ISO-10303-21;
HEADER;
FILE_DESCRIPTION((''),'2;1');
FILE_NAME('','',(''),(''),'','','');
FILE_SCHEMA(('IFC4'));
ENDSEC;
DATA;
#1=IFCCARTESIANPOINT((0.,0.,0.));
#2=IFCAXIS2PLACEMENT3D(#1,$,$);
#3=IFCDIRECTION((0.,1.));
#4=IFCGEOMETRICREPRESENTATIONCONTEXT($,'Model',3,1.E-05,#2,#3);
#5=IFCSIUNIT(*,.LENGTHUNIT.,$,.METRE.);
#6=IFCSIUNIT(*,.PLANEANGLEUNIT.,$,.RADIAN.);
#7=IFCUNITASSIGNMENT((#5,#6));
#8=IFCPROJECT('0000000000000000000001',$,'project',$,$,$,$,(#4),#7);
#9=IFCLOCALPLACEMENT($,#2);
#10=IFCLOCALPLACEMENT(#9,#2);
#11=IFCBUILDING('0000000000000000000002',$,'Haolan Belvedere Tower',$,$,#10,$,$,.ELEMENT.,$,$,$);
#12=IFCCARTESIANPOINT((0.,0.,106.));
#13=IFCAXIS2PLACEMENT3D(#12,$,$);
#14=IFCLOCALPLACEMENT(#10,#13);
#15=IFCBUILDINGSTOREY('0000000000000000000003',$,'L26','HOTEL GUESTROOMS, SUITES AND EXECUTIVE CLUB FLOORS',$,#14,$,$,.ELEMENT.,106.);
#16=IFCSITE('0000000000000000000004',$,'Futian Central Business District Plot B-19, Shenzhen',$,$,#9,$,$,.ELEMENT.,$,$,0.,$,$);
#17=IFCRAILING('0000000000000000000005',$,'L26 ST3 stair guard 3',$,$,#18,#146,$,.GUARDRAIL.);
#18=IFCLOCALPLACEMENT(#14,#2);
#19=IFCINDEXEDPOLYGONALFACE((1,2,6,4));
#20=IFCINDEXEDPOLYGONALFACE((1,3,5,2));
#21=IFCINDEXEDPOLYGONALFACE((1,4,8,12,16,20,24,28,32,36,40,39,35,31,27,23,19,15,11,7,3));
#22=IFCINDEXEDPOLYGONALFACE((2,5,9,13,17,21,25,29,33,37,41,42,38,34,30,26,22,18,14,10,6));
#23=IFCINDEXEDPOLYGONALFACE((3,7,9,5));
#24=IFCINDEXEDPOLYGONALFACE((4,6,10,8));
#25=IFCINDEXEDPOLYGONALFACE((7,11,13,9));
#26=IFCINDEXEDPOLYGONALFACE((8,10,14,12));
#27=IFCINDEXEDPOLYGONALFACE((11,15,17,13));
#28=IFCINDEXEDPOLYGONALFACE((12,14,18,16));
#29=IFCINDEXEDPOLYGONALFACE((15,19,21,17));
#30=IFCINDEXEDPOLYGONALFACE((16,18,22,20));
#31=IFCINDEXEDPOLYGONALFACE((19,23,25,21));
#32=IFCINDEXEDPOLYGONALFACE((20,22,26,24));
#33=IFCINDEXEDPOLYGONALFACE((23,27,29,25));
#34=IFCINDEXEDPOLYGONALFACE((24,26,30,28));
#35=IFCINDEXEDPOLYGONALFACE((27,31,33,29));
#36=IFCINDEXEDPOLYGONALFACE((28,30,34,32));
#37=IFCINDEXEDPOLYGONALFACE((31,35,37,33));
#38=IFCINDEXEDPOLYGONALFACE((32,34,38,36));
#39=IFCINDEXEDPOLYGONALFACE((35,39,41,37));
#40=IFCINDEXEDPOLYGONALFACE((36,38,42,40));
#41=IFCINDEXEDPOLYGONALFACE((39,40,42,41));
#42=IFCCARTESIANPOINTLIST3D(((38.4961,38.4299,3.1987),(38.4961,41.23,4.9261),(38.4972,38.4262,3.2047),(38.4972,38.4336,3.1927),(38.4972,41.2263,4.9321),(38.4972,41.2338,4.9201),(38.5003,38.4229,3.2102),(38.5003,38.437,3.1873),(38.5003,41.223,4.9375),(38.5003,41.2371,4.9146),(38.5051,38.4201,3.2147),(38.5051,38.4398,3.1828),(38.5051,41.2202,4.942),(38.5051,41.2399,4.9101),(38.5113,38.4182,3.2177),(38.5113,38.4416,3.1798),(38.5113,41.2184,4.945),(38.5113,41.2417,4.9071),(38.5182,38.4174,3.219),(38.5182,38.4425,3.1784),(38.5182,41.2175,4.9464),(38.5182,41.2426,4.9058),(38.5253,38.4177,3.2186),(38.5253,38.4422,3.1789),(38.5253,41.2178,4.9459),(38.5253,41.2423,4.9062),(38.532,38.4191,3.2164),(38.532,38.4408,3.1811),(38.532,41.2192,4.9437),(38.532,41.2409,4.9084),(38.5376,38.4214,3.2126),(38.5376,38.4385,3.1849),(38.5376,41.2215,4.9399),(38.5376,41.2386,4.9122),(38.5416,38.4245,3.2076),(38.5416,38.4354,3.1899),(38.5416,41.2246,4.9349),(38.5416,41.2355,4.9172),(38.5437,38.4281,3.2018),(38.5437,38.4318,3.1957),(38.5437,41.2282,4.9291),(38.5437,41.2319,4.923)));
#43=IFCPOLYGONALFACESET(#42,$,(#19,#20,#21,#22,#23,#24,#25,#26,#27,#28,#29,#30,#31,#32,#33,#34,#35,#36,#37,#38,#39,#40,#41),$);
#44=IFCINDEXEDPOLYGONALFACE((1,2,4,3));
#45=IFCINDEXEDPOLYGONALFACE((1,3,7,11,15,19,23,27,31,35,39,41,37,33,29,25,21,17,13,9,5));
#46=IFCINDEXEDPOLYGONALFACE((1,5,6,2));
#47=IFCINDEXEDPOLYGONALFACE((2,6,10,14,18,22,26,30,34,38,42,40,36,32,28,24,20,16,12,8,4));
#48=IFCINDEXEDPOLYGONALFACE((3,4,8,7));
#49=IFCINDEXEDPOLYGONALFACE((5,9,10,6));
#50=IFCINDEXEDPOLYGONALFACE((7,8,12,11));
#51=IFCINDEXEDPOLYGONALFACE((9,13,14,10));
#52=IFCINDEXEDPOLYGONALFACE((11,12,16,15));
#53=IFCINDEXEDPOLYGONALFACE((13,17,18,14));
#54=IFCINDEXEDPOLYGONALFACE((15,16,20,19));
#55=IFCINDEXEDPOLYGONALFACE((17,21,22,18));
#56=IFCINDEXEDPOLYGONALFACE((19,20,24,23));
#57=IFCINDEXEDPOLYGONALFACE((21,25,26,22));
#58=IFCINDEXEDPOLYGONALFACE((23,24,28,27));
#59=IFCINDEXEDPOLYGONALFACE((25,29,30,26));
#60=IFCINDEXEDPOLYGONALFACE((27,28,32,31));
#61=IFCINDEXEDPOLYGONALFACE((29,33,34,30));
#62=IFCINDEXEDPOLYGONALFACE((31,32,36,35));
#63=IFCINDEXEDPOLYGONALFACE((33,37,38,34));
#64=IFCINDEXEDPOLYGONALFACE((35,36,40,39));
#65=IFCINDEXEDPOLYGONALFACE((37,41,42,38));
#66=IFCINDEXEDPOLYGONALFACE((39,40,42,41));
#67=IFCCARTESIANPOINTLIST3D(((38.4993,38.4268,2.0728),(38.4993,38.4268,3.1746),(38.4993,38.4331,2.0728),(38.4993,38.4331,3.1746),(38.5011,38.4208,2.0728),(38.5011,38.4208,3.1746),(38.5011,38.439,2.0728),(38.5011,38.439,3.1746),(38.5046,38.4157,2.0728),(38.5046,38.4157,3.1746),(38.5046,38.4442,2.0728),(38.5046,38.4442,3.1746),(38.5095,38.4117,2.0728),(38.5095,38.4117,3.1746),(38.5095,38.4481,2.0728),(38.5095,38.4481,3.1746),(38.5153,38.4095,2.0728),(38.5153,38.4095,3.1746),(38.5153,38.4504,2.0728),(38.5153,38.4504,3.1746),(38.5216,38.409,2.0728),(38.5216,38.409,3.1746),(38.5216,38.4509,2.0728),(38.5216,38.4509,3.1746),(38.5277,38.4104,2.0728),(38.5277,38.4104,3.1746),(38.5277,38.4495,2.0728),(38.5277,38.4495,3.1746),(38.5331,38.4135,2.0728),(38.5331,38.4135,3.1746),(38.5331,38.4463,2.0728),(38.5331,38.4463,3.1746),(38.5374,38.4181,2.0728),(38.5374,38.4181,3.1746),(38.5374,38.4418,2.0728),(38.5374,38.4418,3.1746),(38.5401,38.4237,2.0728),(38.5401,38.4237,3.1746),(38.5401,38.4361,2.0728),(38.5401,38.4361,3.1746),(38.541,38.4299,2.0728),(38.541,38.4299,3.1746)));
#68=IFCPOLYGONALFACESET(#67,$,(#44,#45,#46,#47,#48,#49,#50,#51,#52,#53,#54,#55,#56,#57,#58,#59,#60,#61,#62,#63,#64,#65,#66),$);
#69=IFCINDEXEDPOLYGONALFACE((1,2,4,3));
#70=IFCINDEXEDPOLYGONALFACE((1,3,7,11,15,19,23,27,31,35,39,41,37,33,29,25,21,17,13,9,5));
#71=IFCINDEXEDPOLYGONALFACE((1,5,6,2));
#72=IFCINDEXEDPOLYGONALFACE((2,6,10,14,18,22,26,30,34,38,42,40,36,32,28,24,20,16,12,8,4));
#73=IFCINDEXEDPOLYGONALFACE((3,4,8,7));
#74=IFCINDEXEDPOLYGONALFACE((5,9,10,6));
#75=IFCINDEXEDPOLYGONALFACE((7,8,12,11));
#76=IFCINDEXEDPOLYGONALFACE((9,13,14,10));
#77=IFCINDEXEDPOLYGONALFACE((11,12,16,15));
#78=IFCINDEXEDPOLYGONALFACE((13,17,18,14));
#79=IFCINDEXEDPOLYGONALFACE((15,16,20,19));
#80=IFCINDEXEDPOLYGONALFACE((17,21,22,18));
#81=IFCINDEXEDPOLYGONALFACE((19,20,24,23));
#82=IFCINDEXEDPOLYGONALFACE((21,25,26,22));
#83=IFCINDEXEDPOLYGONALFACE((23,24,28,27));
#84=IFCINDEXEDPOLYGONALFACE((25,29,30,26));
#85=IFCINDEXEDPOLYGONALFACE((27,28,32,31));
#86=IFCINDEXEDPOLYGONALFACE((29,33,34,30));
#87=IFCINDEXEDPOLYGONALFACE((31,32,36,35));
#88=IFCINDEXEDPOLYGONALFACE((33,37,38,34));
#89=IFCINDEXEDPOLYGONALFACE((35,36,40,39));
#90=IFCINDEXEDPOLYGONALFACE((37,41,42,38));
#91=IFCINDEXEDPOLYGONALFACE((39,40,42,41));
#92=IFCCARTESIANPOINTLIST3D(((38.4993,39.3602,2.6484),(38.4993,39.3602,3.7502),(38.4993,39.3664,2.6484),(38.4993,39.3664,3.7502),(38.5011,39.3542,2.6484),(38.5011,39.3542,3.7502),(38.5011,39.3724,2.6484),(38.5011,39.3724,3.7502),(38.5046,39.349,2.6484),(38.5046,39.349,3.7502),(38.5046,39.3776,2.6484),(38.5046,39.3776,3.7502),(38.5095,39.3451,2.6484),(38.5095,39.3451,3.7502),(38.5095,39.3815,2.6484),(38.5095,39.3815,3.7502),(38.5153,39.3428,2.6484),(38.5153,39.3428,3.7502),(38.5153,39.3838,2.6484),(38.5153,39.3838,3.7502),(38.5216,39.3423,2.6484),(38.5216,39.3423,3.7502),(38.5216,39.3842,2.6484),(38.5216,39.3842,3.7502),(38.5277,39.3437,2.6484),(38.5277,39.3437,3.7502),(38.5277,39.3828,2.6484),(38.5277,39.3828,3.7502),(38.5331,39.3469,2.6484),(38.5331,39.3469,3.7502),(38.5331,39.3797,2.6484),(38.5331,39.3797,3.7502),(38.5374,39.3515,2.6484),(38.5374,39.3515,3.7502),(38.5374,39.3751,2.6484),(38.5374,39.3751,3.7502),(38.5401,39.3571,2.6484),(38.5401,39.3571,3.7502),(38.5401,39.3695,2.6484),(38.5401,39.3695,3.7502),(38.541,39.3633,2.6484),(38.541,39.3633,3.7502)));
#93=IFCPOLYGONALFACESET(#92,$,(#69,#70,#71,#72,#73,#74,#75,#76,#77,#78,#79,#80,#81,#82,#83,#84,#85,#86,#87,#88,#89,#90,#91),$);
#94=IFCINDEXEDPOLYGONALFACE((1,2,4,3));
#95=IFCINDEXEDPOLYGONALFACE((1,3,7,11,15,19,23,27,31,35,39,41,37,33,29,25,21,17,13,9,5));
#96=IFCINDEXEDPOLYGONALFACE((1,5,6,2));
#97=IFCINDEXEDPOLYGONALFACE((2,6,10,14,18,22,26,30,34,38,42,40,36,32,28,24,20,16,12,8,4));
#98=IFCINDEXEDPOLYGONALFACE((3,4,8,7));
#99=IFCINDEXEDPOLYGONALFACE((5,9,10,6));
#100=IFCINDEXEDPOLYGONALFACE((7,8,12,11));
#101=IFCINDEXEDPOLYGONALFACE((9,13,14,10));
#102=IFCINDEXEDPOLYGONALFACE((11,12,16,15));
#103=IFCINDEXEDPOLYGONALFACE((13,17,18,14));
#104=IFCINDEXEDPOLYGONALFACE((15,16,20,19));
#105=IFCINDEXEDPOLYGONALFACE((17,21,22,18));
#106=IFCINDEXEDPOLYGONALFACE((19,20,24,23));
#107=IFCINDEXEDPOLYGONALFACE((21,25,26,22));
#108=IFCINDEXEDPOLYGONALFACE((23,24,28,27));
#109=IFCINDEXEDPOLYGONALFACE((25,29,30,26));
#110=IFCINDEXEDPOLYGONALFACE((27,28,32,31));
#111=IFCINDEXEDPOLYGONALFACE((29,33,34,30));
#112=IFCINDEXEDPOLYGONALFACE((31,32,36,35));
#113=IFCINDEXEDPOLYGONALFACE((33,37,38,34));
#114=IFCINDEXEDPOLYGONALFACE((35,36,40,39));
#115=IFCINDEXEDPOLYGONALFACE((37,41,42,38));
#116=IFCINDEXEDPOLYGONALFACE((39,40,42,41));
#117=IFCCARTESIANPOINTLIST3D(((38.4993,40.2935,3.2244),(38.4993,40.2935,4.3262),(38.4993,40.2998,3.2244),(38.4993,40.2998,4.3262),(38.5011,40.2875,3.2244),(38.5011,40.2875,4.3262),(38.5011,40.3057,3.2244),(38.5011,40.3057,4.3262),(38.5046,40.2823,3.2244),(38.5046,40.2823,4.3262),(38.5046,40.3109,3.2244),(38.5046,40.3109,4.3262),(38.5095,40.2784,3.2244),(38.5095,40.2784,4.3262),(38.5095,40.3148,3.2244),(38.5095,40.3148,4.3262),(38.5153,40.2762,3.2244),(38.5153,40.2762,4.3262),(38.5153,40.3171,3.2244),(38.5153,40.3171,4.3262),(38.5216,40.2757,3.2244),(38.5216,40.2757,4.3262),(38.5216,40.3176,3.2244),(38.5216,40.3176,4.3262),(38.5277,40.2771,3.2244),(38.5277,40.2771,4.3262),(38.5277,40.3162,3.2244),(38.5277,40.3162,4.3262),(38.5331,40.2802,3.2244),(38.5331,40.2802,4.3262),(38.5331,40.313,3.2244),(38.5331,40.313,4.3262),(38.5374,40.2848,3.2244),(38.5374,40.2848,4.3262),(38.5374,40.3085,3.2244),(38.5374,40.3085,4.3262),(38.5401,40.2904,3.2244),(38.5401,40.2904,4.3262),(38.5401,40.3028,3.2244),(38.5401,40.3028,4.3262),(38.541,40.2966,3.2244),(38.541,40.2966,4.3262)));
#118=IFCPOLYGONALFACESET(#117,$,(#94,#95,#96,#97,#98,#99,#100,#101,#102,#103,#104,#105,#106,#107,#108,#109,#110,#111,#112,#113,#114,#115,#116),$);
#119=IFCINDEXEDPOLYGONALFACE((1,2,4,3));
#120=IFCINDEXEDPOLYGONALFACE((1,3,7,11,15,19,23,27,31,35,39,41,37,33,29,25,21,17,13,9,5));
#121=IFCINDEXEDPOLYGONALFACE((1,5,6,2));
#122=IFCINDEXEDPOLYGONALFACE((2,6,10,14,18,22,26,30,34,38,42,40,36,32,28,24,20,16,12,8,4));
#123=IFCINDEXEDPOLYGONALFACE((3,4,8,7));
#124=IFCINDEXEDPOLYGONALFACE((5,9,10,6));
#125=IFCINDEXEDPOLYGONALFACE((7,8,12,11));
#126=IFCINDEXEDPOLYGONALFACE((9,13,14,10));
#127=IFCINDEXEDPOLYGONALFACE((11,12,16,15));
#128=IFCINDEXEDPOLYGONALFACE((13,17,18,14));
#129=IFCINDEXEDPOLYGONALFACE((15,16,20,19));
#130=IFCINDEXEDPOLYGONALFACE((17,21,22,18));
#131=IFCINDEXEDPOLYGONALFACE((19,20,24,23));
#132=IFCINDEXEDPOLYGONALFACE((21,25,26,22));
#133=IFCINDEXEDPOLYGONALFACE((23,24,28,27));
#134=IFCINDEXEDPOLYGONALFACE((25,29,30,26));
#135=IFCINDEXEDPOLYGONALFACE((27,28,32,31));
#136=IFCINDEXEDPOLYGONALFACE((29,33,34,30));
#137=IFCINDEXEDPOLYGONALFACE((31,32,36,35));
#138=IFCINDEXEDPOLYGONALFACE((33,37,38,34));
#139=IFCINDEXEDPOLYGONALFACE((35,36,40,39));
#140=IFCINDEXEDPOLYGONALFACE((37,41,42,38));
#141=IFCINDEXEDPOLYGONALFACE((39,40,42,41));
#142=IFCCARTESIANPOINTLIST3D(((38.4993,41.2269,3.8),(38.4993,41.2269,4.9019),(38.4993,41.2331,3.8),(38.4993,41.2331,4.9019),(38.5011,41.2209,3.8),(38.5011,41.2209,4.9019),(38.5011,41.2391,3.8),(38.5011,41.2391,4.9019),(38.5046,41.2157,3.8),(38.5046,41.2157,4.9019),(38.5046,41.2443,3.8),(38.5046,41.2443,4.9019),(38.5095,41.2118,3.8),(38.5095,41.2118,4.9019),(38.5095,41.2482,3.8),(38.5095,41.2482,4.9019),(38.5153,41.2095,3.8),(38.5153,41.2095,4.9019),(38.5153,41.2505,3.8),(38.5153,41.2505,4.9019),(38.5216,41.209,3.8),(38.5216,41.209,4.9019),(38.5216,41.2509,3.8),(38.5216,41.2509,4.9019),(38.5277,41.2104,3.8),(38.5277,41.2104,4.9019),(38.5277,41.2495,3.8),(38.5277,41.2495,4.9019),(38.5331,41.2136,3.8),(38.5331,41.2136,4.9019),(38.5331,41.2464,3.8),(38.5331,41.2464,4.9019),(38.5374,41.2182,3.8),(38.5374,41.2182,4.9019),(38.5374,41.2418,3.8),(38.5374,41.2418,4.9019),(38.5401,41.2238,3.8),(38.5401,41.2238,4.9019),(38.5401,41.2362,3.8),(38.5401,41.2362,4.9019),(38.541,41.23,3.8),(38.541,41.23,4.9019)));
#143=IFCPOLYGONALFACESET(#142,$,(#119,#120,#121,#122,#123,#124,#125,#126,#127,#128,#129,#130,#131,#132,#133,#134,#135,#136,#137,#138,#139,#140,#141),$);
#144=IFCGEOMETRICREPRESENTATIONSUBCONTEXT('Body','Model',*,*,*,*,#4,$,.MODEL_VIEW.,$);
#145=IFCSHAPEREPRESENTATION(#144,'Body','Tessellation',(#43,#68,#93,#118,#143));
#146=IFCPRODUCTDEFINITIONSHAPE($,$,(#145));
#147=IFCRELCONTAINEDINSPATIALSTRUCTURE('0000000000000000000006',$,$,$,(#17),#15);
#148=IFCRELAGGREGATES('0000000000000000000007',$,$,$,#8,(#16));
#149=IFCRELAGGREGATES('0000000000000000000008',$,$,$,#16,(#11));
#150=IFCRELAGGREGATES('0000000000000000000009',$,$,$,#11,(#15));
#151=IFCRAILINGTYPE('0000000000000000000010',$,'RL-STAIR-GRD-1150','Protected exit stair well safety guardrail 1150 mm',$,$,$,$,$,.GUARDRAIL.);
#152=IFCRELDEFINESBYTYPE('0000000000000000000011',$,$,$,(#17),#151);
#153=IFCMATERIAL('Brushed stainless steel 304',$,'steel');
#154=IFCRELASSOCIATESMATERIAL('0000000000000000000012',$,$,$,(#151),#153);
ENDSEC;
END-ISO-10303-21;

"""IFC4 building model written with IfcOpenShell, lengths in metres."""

from ifc_helpers import new_model, si_unit, direction, frame, origin, origin_2d, place, context, subcontext, project, spatial, circle, extrude, material, type_object, element, save


model = new_model("IFC4")

# Units and contexts
model_context = context("Model", 3, precision=1e-05, world=origin(), true_north=direction((0.0, 1.0)))
body_context = subcontext(model_context, "Body", "Model", "MODEL_VIEW")
ifc_project = project(units=[si_unit("LENGTHUNIT", "METRE"), si_unit("PLANEANGLEUNIT", "RADIAN")], contexts=[model_context])

# Site, building, storey
site_placement = place(None, origin())
site = spatial("IfcSite", under=ifc_project, at=site_placement, Name="Futian Central Business District Plot B-19, Shenzhen", CompositionType="ELEMENT", RefElevation=0.0)
building_placement = place(site_placement, origin())
building = spatial("IfcBuilding", under=site, at=building_placement, Name="Haolan Belvedere Tower", CompositionType="ELEMENT")
storey_placement = place(building_placement, frame((0.0, 0.0, 106.0)))
storey = spatial("IfcBuildingStorey", under=building, at=storey_placement, Name="L26", Description="HOTEL GUESTROOMS, SUITES AND EXECUTIVE CLUB FLOORS", CompositionType="ELEMENT", Elevation=106.0)

# Railing
ifc_material_1 = material(Name="Brushed stainless steel 304", Category="steel")
railing_type_1 = type_object("IfcRailingType", Name="RL-STAIR-GRD-1150", Description="Protected exit stair well safety guardrail 1150 mm", PredefinedType="GUARDRAIL", material=ifc_material_1)
railing_1_placement = place(storey_placement, frame((38.52, 38.4299, 2.0728)))
element("IfcRailing", 1, at=railing_1_placement, inside=storey, type_object=railing_type_1, Name="L26 ST3 stair guard 3", PredefinedType="GUARDRAIL", context=body_context, shape_type="SweptSolid", body=[
    extrude(circle(Radius=0.0239, at=origin_2d()), frame((0.0, 0.0, 1.126), z_axis=(0.0, 0.85109, 0.52502), x_axis=(-1.0, 0.0, 0.0)), (0.0, 0.0, 1.0), 3.29),
    extrude(circle(Radius=0.021, at=origin_2d()), origin(), (0.0, 0.0, 1.0), 1.1018),
    extrude(circle(Radius=0.021, at=origin_2d()), frame((0.0, 0.9333, 0.5757)), (0.0, 0.0, 1.0), 1.1018),
    extrude(circle(Radius=0.021, at=origin_2d()), frame((0.0, 1.8667, 1.1516)), (0.0, 0.0, 1.0), 1.1018),
    extrude(circle(Radius=0.021, at=origin_2d()), frame((0.0, 2.8, 1.7273)), (0.0, 0.0, 1.0), 1.1018),
])

save(model, "model.ifc")
